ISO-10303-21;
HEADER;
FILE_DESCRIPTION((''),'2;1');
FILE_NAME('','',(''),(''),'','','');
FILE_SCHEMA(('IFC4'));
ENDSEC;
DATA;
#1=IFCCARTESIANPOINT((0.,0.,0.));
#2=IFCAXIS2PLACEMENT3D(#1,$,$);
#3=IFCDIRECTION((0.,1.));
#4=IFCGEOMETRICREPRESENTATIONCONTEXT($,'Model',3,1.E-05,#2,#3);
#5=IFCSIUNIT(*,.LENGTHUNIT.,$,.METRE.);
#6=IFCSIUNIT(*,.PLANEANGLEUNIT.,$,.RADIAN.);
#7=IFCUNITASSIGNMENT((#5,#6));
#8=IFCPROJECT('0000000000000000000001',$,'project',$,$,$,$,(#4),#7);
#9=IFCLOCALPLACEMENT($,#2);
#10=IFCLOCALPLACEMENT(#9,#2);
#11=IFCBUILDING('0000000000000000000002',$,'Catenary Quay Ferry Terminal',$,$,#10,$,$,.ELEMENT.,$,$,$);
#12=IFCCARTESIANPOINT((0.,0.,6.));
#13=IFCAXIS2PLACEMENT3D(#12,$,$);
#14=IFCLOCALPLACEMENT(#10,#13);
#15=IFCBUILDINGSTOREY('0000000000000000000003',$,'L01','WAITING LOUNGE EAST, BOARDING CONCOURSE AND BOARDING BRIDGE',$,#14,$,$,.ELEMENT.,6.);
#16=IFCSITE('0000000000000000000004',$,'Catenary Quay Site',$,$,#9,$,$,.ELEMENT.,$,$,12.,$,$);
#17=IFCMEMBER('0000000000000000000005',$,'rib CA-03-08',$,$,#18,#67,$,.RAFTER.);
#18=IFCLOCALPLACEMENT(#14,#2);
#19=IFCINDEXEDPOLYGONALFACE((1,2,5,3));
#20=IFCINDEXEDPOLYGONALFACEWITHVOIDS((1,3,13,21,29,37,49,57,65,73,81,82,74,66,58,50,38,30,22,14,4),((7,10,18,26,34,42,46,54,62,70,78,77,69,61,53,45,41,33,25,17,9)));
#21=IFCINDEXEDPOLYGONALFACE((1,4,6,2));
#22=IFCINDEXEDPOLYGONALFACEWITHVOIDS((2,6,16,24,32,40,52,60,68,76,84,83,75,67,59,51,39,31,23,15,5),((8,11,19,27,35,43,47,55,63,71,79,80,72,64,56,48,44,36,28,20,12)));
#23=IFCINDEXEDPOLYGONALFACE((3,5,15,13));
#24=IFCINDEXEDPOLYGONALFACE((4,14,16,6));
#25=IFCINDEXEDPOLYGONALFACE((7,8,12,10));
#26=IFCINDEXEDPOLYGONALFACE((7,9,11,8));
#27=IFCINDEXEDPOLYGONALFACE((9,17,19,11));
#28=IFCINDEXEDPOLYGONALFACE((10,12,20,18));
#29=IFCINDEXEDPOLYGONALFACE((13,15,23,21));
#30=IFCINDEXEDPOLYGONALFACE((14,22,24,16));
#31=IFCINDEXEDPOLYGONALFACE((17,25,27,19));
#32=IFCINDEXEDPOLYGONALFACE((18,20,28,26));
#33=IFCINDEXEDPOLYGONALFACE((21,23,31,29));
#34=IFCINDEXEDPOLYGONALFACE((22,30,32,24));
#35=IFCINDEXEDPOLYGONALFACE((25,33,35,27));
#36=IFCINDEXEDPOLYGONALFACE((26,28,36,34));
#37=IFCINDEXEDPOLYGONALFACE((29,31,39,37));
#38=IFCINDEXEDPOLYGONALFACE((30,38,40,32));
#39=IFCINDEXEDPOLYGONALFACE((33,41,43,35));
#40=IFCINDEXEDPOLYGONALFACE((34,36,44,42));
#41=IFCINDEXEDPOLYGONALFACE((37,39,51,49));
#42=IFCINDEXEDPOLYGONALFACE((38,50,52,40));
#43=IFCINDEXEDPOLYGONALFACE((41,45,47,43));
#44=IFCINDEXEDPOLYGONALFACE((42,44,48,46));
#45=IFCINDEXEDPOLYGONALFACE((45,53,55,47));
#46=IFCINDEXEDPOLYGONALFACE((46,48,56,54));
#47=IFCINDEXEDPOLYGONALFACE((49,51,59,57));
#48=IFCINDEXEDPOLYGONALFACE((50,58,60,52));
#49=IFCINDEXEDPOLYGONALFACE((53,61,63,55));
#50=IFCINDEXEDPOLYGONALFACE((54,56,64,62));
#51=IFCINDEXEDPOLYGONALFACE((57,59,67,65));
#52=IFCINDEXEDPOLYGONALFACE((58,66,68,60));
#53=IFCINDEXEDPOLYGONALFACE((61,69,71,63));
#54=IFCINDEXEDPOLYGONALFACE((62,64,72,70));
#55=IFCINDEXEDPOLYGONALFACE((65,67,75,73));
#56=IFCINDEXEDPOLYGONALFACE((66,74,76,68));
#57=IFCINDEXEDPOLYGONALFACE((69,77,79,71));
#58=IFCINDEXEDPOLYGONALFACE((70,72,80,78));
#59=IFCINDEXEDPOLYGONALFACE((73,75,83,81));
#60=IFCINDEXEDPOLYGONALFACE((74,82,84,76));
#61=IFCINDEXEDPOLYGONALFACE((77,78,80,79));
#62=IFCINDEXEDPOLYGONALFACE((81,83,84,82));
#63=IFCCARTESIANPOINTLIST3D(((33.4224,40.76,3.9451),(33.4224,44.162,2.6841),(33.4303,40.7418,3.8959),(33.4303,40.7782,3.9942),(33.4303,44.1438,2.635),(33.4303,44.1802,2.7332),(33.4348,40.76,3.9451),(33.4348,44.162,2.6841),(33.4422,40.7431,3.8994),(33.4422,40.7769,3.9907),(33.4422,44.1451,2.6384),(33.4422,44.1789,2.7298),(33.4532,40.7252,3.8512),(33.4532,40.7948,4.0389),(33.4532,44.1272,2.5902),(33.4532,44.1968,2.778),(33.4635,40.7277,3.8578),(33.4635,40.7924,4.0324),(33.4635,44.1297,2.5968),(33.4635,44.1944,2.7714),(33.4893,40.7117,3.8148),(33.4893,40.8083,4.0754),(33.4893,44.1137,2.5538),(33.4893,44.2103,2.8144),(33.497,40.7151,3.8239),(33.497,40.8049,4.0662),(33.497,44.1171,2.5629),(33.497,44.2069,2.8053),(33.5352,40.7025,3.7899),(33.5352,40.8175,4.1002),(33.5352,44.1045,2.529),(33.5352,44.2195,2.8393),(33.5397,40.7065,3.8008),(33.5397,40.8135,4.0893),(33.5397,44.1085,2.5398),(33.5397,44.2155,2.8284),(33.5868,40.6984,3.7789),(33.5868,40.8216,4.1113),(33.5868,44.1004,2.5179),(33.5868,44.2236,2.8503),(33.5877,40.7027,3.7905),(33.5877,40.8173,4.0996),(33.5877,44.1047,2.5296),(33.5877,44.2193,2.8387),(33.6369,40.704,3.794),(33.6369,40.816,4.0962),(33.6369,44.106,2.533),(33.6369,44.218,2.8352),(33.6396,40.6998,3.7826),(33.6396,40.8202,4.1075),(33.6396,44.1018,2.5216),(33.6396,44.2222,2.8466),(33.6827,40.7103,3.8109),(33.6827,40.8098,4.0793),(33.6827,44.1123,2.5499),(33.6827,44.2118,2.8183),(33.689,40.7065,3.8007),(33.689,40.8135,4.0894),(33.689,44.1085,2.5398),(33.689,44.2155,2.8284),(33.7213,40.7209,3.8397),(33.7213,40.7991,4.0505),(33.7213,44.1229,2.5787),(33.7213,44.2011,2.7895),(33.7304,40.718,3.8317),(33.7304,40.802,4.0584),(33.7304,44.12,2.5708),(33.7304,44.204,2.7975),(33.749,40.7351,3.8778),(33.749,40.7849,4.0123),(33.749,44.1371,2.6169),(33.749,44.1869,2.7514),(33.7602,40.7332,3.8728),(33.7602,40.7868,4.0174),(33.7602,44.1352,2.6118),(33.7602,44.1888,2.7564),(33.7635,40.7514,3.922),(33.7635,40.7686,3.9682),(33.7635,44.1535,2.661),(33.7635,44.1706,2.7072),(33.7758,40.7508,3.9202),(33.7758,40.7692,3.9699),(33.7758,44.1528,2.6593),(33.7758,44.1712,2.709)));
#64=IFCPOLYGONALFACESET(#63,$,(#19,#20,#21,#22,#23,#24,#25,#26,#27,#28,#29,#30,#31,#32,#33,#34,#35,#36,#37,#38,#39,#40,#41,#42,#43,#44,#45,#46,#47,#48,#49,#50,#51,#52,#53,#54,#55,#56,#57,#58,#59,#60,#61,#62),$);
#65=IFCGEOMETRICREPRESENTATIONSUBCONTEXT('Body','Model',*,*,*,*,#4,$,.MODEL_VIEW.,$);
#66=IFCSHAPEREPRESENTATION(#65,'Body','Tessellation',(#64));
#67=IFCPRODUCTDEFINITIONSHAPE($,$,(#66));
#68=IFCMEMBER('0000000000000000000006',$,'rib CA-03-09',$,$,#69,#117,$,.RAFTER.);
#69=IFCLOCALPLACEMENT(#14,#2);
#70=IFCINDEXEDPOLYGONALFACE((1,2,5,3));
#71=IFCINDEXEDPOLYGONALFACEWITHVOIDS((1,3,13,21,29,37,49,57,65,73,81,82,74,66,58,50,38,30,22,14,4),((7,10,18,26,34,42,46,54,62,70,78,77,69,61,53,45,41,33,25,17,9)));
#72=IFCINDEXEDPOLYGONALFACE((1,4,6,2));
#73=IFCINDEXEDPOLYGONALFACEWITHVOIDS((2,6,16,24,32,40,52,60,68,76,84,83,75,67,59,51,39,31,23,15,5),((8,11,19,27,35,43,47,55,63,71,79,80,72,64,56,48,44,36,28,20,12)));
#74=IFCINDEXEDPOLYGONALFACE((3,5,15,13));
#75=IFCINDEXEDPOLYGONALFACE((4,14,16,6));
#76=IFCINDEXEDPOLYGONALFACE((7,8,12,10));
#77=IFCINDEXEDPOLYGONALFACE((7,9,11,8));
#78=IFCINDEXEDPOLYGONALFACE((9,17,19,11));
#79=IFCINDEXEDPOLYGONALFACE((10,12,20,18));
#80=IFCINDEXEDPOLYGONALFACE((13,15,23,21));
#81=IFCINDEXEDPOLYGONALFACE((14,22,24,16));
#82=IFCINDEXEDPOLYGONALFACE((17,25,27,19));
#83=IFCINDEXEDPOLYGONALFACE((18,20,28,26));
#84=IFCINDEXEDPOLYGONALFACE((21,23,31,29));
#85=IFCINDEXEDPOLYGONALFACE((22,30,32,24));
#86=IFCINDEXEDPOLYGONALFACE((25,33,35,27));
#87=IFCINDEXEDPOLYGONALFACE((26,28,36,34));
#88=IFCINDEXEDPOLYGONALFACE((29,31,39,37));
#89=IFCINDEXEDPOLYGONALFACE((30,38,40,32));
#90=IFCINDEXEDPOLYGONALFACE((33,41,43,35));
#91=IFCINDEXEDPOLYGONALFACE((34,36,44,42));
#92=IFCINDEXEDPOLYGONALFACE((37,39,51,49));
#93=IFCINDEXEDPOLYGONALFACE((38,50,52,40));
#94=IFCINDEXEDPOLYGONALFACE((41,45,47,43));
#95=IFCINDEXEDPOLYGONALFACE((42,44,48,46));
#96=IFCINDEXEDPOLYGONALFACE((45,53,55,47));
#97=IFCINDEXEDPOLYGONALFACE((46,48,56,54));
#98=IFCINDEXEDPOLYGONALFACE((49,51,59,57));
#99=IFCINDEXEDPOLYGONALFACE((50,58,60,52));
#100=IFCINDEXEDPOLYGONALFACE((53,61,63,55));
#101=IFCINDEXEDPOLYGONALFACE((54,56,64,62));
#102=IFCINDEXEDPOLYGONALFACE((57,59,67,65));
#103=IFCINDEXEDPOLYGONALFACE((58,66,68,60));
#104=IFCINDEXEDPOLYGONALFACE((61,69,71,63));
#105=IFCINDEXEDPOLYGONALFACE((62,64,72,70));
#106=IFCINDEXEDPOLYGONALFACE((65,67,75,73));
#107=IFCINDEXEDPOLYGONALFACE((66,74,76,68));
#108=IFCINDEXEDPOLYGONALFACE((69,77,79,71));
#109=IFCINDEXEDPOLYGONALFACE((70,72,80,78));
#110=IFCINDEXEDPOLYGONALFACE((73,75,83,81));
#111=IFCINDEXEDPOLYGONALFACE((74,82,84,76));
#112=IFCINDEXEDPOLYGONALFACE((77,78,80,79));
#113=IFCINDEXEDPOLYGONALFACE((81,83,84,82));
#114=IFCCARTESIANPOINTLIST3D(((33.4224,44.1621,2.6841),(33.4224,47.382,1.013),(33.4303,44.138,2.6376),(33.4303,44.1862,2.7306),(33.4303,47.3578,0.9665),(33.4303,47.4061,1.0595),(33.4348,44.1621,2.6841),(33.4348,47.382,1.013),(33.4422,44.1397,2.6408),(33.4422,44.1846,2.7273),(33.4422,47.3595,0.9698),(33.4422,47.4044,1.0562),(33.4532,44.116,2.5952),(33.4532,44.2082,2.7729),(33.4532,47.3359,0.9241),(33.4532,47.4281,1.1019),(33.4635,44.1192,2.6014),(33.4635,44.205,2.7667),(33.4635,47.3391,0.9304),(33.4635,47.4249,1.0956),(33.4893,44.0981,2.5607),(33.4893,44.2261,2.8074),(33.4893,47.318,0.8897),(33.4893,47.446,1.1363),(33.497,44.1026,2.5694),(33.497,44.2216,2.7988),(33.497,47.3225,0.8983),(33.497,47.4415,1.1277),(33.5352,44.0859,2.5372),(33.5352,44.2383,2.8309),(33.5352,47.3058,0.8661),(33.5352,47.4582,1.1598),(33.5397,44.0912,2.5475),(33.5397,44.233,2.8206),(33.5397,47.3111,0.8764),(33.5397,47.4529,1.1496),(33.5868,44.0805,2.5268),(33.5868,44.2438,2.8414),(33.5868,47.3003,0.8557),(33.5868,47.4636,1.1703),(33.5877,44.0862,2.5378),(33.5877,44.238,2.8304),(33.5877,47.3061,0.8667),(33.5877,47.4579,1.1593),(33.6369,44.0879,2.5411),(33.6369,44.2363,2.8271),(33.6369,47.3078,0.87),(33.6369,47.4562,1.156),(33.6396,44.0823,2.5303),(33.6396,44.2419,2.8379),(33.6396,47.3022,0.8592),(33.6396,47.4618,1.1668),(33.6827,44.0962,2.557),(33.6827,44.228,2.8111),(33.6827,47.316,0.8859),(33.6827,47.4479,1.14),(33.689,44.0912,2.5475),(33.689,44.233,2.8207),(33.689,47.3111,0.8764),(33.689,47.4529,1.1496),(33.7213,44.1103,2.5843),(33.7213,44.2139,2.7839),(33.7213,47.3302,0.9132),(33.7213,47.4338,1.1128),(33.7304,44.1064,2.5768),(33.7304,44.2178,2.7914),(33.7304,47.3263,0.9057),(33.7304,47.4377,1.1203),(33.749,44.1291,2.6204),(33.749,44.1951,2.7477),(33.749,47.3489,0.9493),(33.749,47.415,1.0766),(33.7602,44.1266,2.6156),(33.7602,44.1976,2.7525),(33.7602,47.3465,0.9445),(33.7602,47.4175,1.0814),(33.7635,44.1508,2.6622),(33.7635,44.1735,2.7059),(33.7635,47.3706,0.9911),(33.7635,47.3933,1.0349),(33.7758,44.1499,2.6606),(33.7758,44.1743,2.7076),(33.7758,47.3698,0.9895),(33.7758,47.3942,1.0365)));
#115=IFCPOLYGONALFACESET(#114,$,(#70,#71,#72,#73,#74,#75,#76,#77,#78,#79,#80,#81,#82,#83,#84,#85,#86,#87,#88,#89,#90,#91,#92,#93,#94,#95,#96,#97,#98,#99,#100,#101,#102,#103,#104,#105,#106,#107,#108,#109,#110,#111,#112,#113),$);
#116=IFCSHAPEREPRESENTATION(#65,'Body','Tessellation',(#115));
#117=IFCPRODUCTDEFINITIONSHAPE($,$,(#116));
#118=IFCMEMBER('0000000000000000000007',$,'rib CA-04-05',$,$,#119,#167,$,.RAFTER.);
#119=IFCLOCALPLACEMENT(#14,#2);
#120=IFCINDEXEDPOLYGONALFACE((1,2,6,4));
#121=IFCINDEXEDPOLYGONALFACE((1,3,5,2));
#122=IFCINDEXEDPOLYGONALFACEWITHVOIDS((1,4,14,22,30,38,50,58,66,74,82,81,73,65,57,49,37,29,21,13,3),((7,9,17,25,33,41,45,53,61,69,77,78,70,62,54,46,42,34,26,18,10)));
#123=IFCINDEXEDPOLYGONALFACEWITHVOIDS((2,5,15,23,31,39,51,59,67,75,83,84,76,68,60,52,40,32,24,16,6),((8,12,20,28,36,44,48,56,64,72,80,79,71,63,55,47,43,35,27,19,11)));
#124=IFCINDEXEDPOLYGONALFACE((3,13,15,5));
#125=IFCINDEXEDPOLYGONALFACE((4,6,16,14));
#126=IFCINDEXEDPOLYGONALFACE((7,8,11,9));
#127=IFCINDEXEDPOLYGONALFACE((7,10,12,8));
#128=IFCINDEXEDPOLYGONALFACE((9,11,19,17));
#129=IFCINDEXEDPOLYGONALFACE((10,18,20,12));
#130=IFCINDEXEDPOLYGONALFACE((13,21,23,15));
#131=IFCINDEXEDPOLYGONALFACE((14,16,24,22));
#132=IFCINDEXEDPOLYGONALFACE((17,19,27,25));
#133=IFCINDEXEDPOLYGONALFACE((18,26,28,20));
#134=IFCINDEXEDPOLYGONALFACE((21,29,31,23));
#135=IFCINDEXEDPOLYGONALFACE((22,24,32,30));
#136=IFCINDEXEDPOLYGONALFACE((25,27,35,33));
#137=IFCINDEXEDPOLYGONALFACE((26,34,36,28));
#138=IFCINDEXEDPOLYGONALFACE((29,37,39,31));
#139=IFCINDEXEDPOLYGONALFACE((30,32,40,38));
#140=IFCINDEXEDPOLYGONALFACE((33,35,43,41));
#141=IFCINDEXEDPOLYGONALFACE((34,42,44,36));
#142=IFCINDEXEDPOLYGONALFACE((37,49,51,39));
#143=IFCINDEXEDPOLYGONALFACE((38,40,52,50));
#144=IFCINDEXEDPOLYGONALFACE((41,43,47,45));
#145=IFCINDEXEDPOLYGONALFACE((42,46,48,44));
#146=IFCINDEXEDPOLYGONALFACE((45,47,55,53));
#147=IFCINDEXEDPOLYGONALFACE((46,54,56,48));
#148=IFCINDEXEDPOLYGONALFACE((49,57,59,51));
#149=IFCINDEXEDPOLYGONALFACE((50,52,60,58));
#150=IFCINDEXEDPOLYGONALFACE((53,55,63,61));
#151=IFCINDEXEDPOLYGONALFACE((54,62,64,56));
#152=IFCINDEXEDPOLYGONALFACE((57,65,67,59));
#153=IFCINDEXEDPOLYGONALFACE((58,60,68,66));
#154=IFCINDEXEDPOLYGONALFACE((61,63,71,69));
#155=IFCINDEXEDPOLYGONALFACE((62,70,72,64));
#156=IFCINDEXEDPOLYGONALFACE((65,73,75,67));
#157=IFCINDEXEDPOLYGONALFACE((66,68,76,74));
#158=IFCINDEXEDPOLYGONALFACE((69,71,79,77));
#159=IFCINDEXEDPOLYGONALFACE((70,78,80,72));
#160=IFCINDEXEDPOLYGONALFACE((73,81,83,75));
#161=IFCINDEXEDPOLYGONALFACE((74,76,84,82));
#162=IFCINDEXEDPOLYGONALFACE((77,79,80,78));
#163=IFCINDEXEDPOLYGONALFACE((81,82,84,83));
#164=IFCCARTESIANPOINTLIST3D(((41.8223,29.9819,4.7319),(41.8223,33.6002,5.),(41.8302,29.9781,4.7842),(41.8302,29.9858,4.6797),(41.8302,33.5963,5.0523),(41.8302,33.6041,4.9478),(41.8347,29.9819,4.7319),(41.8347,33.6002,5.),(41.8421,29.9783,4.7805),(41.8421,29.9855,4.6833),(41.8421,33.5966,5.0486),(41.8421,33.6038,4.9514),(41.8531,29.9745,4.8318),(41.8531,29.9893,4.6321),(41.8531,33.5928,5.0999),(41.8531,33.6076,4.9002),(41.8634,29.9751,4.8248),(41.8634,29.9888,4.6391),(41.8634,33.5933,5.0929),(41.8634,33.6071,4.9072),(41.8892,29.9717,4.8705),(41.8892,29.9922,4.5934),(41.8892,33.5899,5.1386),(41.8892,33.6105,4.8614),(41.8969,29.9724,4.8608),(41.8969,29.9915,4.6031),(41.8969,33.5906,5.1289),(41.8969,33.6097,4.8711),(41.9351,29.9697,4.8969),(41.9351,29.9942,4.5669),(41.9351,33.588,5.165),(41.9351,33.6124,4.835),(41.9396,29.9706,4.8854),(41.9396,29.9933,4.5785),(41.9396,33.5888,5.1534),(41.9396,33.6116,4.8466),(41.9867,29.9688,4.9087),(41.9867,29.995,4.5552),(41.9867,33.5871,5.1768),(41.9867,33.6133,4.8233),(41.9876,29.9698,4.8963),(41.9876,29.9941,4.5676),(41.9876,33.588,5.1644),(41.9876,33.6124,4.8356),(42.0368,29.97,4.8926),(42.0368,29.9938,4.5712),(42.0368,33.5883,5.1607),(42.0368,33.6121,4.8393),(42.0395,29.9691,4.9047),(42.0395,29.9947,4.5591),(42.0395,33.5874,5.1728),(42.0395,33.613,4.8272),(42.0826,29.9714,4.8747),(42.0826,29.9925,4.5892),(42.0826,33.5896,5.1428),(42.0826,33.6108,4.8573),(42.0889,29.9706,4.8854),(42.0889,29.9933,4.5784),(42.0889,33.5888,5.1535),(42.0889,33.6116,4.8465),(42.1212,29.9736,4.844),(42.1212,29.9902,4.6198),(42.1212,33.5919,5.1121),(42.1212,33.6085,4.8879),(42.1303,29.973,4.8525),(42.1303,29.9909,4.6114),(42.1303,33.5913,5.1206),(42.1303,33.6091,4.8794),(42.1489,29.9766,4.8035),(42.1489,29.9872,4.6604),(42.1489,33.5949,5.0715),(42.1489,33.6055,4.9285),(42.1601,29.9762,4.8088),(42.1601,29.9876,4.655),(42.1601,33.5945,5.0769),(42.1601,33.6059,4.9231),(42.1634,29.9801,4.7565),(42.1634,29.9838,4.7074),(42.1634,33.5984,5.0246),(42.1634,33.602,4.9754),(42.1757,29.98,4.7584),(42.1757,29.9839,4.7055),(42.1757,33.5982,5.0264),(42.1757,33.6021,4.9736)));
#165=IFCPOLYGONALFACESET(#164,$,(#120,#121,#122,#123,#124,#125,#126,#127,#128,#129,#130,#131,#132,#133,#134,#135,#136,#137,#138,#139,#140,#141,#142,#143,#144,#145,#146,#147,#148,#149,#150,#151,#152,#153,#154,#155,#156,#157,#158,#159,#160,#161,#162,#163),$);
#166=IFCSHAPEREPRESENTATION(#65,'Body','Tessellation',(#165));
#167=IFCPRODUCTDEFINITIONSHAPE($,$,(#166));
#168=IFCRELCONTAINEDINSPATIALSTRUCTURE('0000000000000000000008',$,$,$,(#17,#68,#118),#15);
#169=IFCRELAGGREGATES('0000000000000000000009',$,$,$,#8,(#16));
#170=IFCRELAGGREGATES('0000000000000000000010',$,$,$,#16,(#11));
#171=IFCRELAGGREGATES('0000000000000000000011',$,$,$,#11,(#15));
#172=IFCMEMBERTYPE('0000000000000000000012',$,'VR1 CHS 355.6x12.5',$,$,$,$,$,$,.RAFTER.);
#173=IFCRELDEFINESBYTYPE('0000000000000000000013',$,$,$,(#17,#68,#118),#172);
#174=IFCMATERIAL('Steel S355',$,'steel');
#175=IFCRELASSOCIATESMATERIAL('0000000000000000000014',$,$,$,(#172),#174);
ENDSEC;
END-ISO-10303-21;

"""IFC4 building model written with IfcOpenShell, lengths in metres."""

from ifc_helpers import new_model, si_unit, direction, frame, origin, origin_2d, place, context, subcontext, project, spatial, hollow_circle, extrude, material, material_profile, profile_set, type_object, element, save


model = new_model("IFC4")

# Units and contexts
model_context = context("Model", 3, precision=1e-05, world=origin(), true_north=direction((0.0, 1.0)))
body_context = subcontext(model_context, "Body", "Model", "MODEL_VIEW")
ifc_project = project(units=[si_unit("LENGTHUNIT", "METRE"), si_unit("PLANEANGLEUNIT", "RADIAN")], contexts=[model_context])

# Site, building, storey
site_placement = place(None, origin())
site = spatial("IfcSite", under=ifc_project, at=site_placement, Name="Catenary Quay Site", CompositionType="ELEMENT", RefElevation=12.0)
building_placement = place(site_placement, origin())
building = spatial("IfcBuilding", under=site, at=building_placement, Name="Catenary Quay Ferry Terminal", CompositionType="ELEMENT")
storey_placement = place(building_placement, frame((0.0, 0.0, 6.0)))
storey = spatial("IfcBuildingStorey", under=building, at=storey_placement, Name="L01", Description="WAITING LOUNGE EAST, BOARDING CONCOURSE AND BOARDING BRIDGE", CompositionType="ELEMENT", Elevation=6.0)

# Members
ifc_material_1 = material(Name="Steel S355", Category="steel")
ifc_material_profile_1 = material_profile(ifc_material_1, hollow_circle(Radius=0.1777, WallThickness=0.0125, at=origin_2d()), Name="CHS 355.6x12.5")
ifc_profile_set_1 = profile_set([ifc_material_profile_1], Name="Steel S355")
member_type_1 = type_object("IfcMemberType", Name="VR1 CHS 355.6x12.5", PredefinedType="RAFTER", material=ifc_profile_set_1)
member_1_placement = place(storey_placement, frame((33.6001, 40.76, 3.9451), z_axis=(0.0, 0.937664, -0.347544), x_axis=(-1.0, 0.0, 0.0)))
element("IfcMember", 1, at=member_1_placement, inside=storey, type_object=member_type_1, Name="rib CA-03-08", PredefinedType="RAFTER", context=body_context, shape_type="SweptSolid", body=[
    extrude(hollow_circle(Radius=0.1777, WallThickness=0.0125, at=origin_2d()), origin(), (0.0, 0.0, 1.0), 3.6282),
])
member_2_placement = place(storey_placement, frame((33.6001, 44.1621, 2.6841), z_axis=(0.0, 0.887582, -0.460649), x_axis=(-1.0, 0.0, 0.0)))
element("IfcMember", 2, at=member_2_placement, inside=storey, type_object=member_type_1, Name="rib CA-03-09", PredefinedType="RAFTER", context=body_context, shape_type="SweptSolid", body=[
    extrude(hollow_circle(Radius=0.1777, WallThickness=0.0125, at=origin_2d()), origin(), (0.0, 0.0, 1.0), 3.6277),
])
member_3_placement = place(storey_placement, frame((42.0, 29.9819, 4.7319), z_axis=(0.0, 0.997267, 0.073887), x_axis=(-1.0, 0.0, 0.0)))
element("IfcMember", 3, at=member_3_placement, inside=storey, type_object=member_type_1, Name="rib CA-04-05", PredefinedType="RAFTER", context=body_context, shape_type="SweptSolid", body=[
    extrude(hollow_circle(Radius=0.1777, WallThickness=0.0125, at=origin_2d()), origin(), (0.0, 0.0, 1.0), 3.6282),
])

save(model, "model.ifc")
